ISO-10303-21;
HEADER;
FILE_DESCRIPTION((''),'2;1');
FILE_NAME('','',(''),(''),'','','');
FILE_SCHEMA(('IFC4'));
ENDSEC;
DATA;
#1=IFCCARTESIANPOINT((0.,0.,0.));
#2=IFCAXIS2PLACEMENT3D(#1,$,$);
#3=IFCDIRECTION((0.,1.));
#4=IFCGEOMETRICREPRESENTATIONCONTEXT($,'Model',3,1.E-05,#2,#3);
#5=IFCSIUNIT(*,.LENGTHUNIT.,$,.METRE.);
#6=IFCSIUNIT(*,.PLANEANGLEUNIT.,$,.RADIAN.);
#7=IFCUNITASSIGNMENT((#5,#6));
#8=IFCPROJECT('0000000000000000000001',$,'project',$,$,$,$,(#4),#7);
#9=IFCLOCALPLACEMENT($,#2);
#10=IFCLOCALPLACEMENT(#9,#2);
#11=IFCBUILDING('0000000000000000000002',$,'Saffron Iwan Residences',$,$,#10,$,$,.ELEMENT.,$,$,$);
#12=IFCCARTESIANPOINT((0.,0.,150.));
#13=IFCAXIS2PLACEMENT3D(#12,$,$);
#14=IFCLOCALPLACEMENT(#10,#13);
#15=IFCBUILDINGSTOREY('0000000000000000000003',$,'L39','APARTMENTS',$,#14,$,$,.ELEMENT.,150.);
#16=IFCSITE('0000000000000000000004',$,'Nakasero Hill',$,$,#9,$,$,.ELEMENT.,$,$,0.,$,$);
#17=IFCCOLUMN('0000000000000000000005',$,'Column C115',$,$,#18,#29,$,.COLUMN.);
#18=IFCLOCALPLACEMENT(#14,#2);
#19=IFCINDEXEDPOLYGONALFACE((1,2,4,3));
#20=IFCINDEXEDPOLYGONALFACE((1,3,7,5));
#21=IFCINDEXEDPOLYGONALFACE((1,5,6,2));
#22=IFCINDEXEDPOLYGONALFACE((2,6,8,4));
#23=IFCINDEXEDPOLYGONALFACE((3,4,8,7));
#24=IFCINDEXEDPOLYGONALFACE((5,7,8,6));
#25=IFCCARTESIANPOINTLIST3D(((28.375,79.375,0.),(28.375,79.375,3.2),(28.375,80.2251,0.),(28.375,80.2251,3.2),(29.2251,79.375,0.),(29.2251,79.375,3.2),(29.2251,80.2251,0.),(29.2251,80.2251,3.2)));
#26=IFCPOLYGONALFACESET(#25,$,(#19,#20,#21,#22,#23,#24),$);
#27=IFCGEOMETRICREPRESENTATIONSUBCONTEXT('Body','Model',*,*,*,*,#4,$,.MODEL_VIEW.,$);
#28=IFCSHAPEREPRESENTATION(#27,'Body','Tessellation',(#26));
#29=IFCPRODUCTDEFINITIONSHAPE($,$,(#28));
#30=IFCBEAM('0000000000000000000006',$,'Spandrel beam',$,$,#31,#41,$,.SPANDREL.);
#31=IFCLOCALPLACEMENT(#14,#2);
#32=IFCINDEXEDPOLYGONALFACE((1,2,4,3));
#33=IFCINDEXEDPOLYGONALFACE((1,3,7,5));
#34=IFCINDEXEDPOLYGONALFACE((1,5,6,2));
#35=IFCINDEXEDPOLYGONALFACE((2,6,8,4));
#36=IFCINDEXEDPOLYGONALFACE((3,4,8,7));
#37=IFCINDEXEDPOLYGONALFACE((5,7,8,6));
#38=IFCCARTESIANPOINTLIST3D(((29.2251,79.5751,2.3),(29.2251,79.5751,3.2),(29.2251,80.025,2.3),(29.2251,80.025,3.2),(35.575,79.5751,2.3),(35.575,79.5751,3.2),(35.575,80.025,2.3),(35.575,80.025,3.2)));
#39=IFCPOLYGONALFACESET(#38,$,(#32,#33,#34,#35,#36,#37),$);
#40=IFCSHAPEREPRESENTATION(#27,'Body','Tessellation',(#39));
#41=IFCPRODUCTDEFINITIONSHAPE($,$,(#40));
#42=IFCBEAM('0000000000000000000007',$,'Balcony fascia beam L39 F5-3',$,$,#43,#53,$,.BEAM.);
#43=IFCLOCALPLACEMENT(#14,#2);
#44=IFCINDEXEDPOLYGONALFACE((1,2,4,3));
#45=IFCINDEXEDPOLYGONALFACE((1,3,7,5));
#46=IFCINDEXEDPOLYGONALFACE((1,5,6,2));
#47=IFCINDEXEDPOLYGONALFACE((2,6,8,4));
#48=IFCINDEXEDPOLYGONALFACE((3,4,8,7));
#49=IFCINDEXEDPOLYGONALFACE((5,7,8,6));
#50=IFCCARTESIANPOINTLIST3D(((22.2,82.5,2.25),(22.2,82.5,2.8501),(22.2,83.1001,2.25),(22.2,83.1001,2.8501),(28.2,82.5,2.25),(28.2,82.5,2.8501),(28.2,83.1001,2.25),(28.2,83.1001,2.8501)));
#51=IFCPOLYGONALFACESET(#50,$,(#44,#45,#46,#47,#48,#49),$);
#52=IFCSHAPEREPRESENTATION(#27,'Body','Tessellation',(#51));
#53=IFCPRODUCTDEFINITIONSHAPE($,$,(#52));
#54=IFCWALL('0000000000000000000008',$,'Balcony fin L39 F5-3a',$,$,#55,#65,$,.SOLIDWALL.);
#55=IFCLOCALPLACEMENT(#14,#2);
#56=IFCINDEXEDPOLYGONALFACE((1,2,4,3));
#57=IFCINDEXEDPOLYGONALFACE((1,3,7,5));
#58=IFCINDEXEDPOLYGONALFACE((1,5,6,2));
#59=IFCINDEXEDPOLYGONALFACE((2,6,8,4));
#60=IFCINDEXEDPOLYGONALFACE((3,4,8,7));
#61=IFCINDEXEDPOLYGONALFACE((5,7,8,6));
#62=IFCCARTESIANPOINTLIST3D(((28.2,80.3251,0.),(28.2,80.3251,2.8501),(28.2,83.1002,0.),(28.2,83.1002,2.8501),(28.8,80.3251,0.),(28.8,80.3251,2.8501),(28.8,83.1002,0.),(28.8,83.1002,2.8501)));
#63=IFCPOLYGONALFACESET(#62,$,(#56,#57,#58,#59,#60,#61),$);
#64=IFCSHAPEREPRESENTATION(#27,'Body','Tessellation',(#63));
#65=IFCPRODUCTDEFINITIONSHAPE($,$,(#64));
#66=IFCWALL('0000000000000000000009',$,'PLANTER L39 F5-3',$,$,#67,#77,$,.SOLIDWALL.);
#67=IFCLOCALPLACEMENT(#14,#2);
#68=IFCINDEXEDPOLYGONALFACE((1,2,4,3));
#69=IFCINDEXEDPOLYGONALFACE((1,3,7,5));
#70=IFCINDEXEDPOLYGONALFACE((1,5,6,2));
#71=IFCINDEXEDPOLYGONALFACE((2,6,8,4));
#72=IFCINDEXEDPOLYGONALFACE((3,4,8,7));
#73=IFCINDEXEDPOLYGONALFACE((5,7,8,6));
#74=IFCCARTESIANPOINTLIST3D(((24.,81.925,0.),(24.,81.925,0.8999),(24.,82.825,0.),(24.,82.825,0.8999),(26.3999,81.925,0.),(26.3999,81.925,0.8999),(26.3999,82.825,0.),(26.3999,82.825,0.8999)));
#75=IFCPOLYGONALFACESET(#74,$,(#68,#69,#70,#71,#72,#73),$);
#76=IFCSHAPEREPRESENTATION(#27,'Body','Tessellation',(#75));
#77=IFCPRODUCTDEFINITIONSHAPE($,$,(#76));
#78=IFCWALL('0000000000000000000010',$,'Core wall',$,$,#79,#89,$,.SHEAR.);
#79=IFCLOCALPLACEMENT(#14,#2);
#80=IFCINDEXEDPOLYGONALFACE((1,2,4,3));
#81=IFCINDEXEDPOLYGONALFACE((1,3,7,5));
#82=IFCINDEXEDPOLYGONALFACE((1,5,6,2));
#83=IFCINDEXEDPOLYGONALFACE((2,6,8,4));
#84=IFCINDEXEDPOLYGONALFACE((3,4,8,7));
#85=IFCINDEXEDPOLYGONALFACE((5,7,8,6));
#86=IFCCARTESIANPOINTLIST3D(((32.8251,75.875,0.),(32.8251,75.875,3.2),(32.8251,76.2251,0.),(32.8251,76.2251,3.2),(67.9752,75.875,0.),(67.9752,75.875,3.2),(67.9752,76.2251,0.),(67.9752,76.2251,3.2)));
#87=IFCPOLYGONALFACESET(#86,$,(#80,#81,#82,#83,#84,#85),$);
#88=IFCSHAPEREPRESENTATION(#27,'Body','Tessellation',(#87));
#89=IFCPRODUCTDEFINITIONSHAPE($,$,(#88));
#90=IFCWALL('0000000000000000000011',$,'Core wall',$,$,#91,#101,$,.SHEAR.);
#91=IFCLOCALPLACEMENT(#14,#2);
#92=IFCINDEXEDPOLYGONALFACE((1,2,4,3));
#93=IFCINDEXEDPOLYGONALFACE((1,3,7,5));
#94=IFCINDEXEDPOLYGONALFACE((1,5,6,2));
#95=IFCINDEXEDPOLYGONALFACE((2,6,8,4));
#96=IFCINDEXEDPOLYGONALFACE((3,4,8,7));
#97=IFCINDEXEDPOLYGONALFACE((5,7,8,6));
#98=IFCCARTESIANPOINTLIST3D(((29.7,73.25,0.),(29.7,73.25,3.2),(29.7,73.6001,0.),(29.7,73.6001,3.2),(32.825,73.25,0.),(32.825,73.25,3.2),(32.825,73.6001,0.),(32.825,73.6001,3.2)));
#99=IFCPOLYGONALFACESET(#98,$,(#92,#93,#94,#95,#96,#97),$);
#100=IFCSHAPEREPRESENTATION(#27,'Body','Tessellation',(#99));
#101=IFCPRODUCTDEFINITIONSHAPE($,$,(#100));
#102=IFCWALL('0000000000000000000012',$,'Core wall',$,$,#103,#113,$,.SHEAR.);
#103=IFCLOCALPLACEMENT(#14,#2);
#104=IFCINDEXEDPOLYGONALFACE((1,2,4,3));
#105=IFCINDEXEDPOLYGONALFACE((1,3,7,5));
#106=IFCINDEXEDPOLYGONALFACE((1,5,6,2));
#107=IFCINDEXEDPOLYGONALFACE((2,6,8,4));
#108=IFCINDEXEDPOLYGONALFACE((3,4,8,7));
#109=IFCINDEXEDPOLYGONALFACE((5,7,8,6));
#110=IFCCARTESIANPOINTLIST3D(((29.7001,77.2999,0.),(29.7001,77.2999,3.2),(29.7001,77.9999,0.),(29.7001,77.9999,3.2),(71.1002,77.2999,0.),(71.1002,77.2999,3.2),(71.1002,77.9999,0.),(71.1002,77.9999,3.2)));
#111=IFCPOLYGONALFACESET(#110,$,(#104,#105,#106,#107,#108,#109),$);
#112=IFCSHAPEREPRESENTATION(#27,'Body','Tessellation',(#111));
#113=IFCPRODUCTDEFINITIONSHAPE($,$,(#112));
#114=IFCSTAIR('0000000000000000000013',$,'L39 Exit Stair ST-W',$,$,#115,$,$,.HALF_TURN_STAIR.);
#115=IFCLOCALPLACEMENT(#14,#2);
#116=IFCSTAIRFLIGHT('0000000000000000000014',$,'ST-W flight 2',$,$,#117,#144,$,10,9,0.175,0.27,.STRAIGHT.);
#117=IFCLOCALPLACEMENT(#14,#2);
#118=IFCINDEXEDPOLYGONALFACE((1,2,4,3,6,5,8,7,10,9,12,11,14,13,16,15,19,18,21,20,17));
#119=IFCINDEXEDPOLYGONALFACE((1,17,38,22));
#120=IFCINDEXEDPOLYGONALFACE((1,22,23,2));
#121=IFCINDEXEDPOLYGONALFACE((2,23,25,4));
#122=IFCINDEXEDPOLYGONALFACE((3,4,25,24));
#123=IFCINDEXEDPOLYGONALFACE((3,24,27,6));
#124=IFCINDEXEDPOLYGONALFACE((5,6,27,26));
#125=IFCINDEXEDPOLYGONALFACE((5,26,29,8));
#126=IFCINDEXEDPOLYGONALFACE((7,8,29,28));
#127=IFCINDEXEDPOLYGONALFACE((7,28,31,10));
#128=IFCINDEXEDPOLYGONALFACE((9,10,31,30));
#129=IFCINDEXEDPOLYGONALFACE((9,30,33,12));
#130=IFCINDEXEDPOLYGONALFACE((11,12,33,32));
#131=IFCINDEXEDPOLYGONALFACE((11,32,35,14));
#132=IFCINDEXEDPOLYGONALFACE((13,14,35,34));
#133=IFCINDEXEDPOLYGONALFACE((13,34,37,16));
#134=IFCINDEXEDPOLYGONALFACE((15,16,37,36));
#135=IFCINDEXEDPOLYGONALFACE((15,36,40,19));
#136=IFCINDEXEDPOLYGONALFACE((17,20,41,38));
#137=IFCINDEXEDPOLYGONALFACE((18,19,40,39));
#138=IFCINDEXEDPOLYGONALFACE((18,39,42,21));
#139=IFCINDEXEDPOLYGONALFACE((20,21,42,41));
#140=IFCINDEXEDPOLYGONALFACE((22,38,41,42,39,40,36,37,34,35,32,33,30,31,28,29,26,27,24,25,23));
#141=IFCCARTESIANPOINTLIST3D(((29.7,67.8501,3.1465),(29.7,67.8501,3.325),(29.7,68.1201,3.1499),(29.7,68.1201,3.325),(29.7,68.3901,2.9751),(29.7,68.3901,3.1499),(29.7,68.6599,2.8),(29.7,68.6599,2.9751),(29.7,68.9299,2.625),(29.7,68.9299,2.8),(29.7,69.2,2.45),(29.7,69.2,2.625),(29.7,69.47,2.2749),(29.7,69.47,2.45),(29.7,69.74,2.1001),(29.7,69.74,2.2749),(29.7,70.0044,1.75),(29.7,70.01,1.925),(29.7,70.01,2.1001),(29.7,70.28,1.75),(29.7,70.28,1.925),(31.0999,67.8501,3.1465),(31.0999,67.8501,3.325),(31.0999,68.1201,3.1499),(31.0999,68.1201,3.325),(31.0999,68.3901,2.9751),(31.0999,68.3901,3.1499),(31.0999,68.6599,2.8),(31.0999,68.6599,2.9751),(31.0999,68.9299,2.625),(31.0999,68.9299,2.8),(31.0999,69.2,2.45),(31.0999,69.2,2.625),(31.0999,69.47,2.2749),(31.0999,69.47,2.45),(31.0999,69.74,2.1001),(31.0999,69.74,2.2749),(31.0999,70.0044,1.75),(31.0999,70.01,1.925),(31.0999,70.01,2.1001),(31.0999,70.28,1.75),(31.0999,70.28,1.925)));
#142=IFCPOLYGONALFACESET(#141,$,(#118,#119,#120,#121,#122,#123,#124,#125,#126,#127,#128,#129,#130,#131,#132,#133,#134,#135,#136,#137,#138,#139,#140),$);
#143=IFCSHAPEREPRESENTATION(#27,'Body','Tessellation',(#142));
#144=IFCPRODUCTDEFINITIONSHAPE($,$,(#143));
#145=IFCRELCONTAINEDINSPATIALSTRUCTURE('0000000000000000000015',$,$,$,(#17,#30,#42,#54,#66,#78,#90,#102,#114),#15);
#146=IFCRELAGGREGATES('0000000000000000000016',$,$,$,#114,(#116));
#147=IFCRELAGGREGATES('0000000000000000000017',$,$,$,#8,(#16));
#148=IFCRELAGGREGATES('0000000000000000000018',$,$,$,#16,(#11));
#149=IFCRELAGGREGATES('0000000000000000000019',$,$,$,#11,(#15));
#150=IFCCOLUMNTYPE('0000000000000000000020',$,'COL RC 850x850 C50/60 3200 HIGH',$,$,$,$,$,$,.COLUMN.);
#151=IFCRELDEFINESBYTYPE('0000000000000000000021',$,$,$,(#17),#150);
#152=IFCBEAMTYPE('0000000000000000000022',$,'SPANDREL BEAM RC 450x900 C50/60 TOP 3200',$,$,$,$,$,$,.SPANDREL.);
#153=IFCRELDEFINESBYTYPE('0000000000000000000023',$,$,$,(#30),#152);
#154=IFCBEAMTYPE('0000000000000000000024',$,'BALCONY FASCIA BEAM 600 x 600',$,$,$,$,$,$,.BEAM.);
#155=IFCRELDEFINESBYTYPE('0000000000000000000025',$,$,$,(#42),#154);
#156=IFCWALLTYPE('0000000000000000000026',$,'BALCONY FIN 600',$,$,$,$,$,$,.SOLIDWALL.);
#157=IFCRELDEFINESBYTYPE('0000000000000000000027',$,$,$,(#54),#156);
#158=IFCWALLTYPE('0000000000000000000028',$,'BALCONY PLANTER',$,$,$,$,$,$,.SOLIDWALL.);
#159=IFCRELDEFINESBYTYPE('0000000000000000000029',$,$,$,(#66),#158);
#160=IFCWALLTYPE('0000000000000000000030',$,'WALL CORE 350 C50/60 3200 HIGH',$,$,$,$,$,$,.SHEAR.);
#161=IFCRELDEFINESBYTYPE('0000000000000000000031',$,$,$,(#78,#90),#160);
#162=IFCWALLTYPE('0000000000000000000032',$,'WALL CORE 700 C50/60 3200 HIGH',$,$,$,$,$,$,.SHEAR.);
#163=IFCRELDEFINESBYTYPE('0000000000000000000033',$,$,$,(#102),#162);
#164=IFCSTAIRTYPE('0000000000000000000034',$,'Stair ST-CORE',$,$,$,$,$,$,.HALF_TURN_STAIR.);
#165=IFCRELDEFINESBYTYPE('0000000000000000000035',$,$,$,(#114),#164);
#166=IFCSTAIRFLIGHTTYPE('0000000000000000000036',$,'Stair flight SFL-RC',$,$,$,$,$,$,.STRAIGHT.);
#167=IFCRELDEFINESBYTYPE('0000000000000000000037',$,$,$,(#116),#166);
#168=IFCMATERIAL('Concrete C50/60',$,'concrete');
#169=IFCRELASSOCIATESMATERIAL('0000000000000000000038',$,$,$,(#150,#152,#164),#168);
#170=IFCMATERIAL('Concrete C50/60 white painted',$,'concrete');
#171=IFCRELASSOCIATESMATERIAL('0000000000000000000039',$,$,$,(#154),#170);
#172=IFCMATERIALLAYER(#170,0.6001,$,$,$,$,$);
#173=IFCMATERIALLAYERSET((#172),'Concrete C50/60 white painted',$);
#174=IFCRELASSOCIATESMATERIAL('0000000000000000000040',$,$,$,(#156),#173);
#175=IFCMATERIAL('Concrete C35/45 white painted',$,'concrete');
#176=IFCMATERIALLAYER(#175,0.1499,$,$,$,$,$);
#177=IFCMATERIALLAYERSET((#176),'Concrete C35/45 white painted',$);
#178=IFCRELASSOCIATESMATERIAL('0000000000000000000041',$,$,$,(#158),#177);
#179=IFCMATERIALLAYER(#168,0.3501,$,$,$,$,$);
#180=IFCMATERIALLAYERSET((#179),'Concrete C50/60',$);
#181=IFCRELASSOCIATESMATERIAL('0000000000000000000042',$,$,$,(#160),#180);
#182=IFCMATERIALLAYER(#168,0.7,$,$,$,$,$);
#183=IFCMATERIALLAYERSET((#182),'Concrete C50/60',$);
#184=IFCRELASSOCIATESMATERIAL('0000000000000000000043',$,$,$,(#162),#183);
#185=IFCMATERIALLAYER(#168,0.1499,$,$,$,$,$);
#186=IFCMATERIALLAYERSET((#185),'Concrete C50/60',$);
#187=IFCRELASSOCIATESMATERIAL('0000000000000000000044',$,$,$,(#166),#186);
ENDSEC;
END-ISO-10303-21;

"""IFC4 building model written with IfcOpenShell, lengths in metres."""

from ifc_helpers import new_model, si_unit, direction, frame, frame_2d, origin, origin_2d, place, context, subcontext, project, spatial, polyline, rectangle, outline, extrude, source, transform, mapped, material, layer, layer_set, material_profile, profile_set, type_object, element, aggregate, save


model = new_model("IFC4")

# Units and contexts
model_context = context("Model", 3, precision=1e-05, world=origin(), true_north=direction((0.0, 1.0)))
body_context = subcontext(model_context, "Body", "Model", "MODEL_VIEW")
ifc_project = project(units=[si_unit("LENGTHUNIT", "METRE"), si_unit("PLANEANGLEUNIT", "RADIAN")], contexts=[model_context])

# Site, building, storey
site_placement = place(None, origin())
site = spatial("IfcSite", under=ifc_project, at=site_placement, Name="Nakasero Hill", CompositionType="ELEMENT", RefElevation=0.0)
building_placement = place(site_placement, origin())
building = spatial("IfcBuilding", under=site, at=building_placement, Name="Saffron Iwan Residences", CompositionType="ELEMENT")
storey_placement = place(building_placement, frame((0.0, 0.0, 150.0)))
storey = spatial("IfcBuildingStorey", under=building, at=storey_placement, Name="L39", Description="APARTMENTS", CompositionType="ELEMENT", Elevation=150.0)

# Column
ifc_material_1 = material(Name="Concrete C50/60", Category="concrete")
ifc_material_profile_1 = material_profile(ifc_material_1, rectangle(XDim=0.8501, YDim=0.8501, at=origin_2d()), Name="RC 850x850")
ifc_profile_set_1 = profile_set([ifc_material_profile_1], Name="Concrete C50/60")
column_type = type_object("IfcColumnType", Name="COL RC 850x850 C50/60 3200 HIGH", PredefinedType="COLUMN", material=ifc_profile_set_1)
shared_shape_1 = source(origin(), body_context, "Body", "SweptSolid", [
    extrude(rectangle(XDim=0.8501, YDim=0.8501, at=origin_2d()), origin(), (0.0, 0.0, 1.0), 3.2),
])
column_placement = place(storey_placement, frame((28.8, 79.8, 0.0), z_axis=(0.0, 0.0, 1.0), x_axis=(1.0, 0.0, 0.0)))
element("IfcColumn", 1, at=column_placement, inside=storey, type_object=column_type, Name="Column C115", PredefinedType="COLUMN", context=body_context, shape_type="MappedRepresentation", body=[
    mapped(shared_shape_1, transform((0.0, 0.0, 0.0))),
])

# Beams
ifc_material_profile_2 = material_profile(ifc_material_1, rectangle(XDim=0.45, YDim=0.8999, at=origin_2d()), Name="RC 450x900")
ifc_profile_set_2 = profile_set([ifc_material_profile_2], Name="Concrete C50/60")
beam_type_1 = type_object("IfcBeamType", Name="SPANDREL BEAM RC 450x900 C50/60 TOP 3200", PredefinedType="SPANDREL", material=ifc_profile_set_2)
shared_shape_2 = source(origin(), body_context, "Body", "SweptSolid", [
    extrude(rectangle(XDim=0.45, YDim=0.8999, at=origin_2d()), origin(), (0.0, 0.0, 1.0), 6.3499),
])
beam_1_placement = place(storey_placement, frame((29.2251, 79.8, 2.75), z_axis=(1.0, 0.0, 0.0), x_axis=(0.0, 1.0, 0.0)))
element("IfcBeam", 2, at=beam_1_placement, inside=storey, type_object=beam_type_1, Name="Spandrel beam", PredefinedType="SPANDREL", context=body_context, shape_type="MappedRepresentation", body=[
    mapped(shared_shape_2, transform((0.0, 0.0, 0.0))),
])
ifc_material_2 = material(Name="Concrete C50/60 white painted", Category="concrete")
ifc_material_profile_3 = material_profile(ifc_material_2, rectangle(XDim=0.6001, YDim=0.6001, at=origin_2d()), Name="BALCONY FASCIA BEAM 600 x 600")
ifc_profile_set_3 = profile_set([ifc_material_profile_3], Name="Concrete C50/60 white painted")
beam_type_2 = type_object("IfcBeamType", Name="BALCONY FASCIA BEAM 600 x 600", PredefinedType="BEAM", material=ifc_profile_set_3)
shared_shape_3 = source(origin(), body_context, "Body", "SweptSolid", [
    extrude(rectangle(XDim=0.6001, YDim=0.6001, at=origin_2d()), origin(), (0.0, 0.0, 1.0), 6.0),
])
beam_2_placement = place(storey_placement, frame((28.2, 82.8, 2.55), z_axis=(-1.0, 0.0, 0.0), x_axis=(0.0, -1.0, 0.0)))
element("IfcBeam", 3, at=beam_2_placement, inside=storey, type_object=beam_type_2, Name="Balcony fascia beam L39 F5-3", PredefinedType="BEAM", context=body_context, shape_type="MappedRepresentation", body=[
    mapped(shared_shape_3, transform((0.0, 0.0, 0.0))),
])

# Walls
ifc_layer_1 = layer(ifc_material_2, 0.6001)
ifc_layer_set_1 = layer_set([ifc_layer_1], Name="Concrete C50/60 white painted")
wall_type_1 = type_object("IfcWallType", Name="BALCONY FIN 600", PredefinedType="SOLIDWALL", material=ifc_layer_set_1)
wall_1_placement = place(storey_placement, frame((28.5, 80.325, 0.0), z_axis=(0.0, 0.0, 1.0), x_axis=(0.0, 1.0, 0.0)))
element("IfcWall", 4, at=wall_1_placement, inside=storey, type_object=wall_type_1, Name="Balcony fin L39 F5-3a", PredefinedType="SOLIDWALL", context=body_context, shape_type="SweptSolid", body=[
    extrude(rectangle(XDim=2.7751, YDim=0.6001, at=frame_2d((1.3877, 0.0))), origin(), (0.0, 0.0, 1.0), 2.8501),
])
ifc_material_3 = material(Name="Concrete C35/45 white painted", Category="concrete")
ifc_layer_2 = layer(ifc_material_3, 0.1499)
ifc_layer_set_2 = layer_set([ifc_layer_2], Name="Concrete C35/45 white painted")
wall_type_2 = type_object("IfcWallType", Name="BALCONY PLANTER", PredefinedType="SOLIDWALL", material=ifc_layer_set_2)
wall_2_placement = place(storey_placement, frame((26.3999, 82.375, 0.0), z_axis=(0.0, 0.0, 1.0), x_axis=(-1.0, 0.0, 0.0)))
element("IfcWall", 5, at=wall_2_placement, inside=storey, type_object=wall_type_2, Name="PLANTER L39 F5-3", PredefinedType="SOLIDWALL", context=body_context, shape_type="SweptSolid", body=[
    extrude(rectangle(XDim=2.3999, YDim=0.8999, at=frame_2d((1.2, 0.0))), origin(), (0.0, 0.0, 1.0), 0.8999),
])

# Shared definitions
ifc_layer_3 = layer(ifc_material_1, 0.3501)
ifc_layer_set_3 = layer_set([ifc_layer_3], Name="Concrete C50/60")
wall_type_3 = type_object("IfcWallType", Name="WALL CORE 350 C50/60 3200 HIGH", PredefinedType="SHEAR", material=ifc_layer_set_3)

# Walls
wall_3_placement = place(storey_placement, frame((32.825, 76.05, 0.0), z_axis=(0.0, 0.0, 1.0), x_axis=(1.0, 0.0, 0.0)))
element("IfcWall", 6, at=wall_3_placement, inside=storey, type_object=wall_type_3, Name="Core wall", PredefinedType="SHEAR", context=body_context, shape_type="SweptSolid", body=[
    extrude(rectangle(XDim=35.1501, YDim=0.3501, at=frame_2d((17.5752, 0.0))), origin(), (0.0, 0.0, 1.0), 3.2),
])
wall_4_placement = place(storey_placement, frame((29.7, 73.425, 0.0), z_axis=(0.0, 0.0, 1.0), x_axis=(1.0, 0.0, 0.0)))
element("IfcWall", 7, at=wall_4_placement, inside=storey, type_object=wall_type_3, Name="Core wall", PredefinedType="SHEAR", context=body_context, shape_type="SweptSolid", body=[
    extrude(rectangle(XDim=3.125, YDim=0.3501, at=frame_2d((1.5625, 0.0))), origin(), (0.0, 0.0, 1.0), 3.2),
])
ifc_layer_4 = layer(ifc_material_1, 0.7)
ifc_layer_set_4 = layer_set([ifc_layer_4], Name="Concrete C50/60")
wall_type_4 = type_object("IfcWallType", Name="WALL CORE 700 C50/60 3200 HIGH", PredefinedType="SHEAR", material=ifc_layer_set_4)
wall_5_placement = place(storey_placement, frame((29.7, 77.6499, 0.0), z_axis=(0.0, 0.0, 1.0), x_axis=(1.0, 0.0, 0.0)))
element("IfcWall", 8, at=wall_5_placement, inside=storey, type_object=wall_type_4, Name="Core wall", PredefinedType="SHEAR", context=body_context, shape_type="SweptSolid", body=[
    extrude(rectangle(XDim=41.4001, YDim=0.7, at=frame_2d((20.7002, 0.0))), origin(), (0.0, 0.0, 1.0), 3.2),
])

# Stair, stair flight
stair_type = type_object("IfcStairType", Name="Stair ST-CORE", PredefinedType="HALF_TURN_STAIR", material=ifc_material_1)
stair_placement = place(storey_placement, origin())
stair = element("IfcStair", 9, at=stair_placement, inside=storey, type_object=stair_type, Name="L39 Exit Stair ST-W", PredefinedType="HALF_TURN_STAIR")
ifc_layer_5 = layer(ifc_material_1, 0.1499)
ifc_layer_set_5 = layer_set([ifc_layer_5], Name="Concrete C50/60")
stair_flight_type = type_object("IfcStairFlightType", Name="Stair flight SFL-RC", PredefinedType="STRAIGHT", material=ifc_layer_set_5)
stair_flight_placement = place(storey_placement, frame((30.3999, 70.28, 1.75), z_axis=(0.0, 0.0, 1.0), x_axis=(0.0, -1.0, 0.0)))
stair_flight = element("IfcStairFlight", 10, at=stair_flight_placement, type_object=stair_flight_type, Name="ST-W flight 2", NumberOfRisers=10, NumberOfTreads=9, PredefinedType="STRAIGHT", RiserHeight=0.175, TreadLength=0.27, context=body_context, shape_type="SweptSolid", body=[
    extrude(outline(polyline([(0.0, 0.0), (0.0, 0.175), (0.27, 0.175), (0.27, 0.3501), (0.54, 0.3501), (0.54, 0.5249), (0.8101, 0.5249), (0.8101, 0.7), (1.0801, 0.7), (1.0801, 0.875), (1.3501, 0.875), (1.3501, 1.05), (1.6201, 1.05), (1.6201, 1.2251), (1.8899, 1.2251), (1.8899, 1.3999), (2.1599, 1.3999), (2.1599, 1.575), (2.4299, 1.575), (2.4299, 1.75), (2.4299, 1.3965), (0.2756, 0.0), (0.0, 0.0)])), frame((0.0, 0.7, 0.0), z_axis=(0.0, -1.0, 0.0), x_axis=(1.0, 0.0, 0.0)), (0.0, 0.0, 1.0), 1.3999),
])
aggregate(stair, [stair_flight])

save(model, "model.ifc")
